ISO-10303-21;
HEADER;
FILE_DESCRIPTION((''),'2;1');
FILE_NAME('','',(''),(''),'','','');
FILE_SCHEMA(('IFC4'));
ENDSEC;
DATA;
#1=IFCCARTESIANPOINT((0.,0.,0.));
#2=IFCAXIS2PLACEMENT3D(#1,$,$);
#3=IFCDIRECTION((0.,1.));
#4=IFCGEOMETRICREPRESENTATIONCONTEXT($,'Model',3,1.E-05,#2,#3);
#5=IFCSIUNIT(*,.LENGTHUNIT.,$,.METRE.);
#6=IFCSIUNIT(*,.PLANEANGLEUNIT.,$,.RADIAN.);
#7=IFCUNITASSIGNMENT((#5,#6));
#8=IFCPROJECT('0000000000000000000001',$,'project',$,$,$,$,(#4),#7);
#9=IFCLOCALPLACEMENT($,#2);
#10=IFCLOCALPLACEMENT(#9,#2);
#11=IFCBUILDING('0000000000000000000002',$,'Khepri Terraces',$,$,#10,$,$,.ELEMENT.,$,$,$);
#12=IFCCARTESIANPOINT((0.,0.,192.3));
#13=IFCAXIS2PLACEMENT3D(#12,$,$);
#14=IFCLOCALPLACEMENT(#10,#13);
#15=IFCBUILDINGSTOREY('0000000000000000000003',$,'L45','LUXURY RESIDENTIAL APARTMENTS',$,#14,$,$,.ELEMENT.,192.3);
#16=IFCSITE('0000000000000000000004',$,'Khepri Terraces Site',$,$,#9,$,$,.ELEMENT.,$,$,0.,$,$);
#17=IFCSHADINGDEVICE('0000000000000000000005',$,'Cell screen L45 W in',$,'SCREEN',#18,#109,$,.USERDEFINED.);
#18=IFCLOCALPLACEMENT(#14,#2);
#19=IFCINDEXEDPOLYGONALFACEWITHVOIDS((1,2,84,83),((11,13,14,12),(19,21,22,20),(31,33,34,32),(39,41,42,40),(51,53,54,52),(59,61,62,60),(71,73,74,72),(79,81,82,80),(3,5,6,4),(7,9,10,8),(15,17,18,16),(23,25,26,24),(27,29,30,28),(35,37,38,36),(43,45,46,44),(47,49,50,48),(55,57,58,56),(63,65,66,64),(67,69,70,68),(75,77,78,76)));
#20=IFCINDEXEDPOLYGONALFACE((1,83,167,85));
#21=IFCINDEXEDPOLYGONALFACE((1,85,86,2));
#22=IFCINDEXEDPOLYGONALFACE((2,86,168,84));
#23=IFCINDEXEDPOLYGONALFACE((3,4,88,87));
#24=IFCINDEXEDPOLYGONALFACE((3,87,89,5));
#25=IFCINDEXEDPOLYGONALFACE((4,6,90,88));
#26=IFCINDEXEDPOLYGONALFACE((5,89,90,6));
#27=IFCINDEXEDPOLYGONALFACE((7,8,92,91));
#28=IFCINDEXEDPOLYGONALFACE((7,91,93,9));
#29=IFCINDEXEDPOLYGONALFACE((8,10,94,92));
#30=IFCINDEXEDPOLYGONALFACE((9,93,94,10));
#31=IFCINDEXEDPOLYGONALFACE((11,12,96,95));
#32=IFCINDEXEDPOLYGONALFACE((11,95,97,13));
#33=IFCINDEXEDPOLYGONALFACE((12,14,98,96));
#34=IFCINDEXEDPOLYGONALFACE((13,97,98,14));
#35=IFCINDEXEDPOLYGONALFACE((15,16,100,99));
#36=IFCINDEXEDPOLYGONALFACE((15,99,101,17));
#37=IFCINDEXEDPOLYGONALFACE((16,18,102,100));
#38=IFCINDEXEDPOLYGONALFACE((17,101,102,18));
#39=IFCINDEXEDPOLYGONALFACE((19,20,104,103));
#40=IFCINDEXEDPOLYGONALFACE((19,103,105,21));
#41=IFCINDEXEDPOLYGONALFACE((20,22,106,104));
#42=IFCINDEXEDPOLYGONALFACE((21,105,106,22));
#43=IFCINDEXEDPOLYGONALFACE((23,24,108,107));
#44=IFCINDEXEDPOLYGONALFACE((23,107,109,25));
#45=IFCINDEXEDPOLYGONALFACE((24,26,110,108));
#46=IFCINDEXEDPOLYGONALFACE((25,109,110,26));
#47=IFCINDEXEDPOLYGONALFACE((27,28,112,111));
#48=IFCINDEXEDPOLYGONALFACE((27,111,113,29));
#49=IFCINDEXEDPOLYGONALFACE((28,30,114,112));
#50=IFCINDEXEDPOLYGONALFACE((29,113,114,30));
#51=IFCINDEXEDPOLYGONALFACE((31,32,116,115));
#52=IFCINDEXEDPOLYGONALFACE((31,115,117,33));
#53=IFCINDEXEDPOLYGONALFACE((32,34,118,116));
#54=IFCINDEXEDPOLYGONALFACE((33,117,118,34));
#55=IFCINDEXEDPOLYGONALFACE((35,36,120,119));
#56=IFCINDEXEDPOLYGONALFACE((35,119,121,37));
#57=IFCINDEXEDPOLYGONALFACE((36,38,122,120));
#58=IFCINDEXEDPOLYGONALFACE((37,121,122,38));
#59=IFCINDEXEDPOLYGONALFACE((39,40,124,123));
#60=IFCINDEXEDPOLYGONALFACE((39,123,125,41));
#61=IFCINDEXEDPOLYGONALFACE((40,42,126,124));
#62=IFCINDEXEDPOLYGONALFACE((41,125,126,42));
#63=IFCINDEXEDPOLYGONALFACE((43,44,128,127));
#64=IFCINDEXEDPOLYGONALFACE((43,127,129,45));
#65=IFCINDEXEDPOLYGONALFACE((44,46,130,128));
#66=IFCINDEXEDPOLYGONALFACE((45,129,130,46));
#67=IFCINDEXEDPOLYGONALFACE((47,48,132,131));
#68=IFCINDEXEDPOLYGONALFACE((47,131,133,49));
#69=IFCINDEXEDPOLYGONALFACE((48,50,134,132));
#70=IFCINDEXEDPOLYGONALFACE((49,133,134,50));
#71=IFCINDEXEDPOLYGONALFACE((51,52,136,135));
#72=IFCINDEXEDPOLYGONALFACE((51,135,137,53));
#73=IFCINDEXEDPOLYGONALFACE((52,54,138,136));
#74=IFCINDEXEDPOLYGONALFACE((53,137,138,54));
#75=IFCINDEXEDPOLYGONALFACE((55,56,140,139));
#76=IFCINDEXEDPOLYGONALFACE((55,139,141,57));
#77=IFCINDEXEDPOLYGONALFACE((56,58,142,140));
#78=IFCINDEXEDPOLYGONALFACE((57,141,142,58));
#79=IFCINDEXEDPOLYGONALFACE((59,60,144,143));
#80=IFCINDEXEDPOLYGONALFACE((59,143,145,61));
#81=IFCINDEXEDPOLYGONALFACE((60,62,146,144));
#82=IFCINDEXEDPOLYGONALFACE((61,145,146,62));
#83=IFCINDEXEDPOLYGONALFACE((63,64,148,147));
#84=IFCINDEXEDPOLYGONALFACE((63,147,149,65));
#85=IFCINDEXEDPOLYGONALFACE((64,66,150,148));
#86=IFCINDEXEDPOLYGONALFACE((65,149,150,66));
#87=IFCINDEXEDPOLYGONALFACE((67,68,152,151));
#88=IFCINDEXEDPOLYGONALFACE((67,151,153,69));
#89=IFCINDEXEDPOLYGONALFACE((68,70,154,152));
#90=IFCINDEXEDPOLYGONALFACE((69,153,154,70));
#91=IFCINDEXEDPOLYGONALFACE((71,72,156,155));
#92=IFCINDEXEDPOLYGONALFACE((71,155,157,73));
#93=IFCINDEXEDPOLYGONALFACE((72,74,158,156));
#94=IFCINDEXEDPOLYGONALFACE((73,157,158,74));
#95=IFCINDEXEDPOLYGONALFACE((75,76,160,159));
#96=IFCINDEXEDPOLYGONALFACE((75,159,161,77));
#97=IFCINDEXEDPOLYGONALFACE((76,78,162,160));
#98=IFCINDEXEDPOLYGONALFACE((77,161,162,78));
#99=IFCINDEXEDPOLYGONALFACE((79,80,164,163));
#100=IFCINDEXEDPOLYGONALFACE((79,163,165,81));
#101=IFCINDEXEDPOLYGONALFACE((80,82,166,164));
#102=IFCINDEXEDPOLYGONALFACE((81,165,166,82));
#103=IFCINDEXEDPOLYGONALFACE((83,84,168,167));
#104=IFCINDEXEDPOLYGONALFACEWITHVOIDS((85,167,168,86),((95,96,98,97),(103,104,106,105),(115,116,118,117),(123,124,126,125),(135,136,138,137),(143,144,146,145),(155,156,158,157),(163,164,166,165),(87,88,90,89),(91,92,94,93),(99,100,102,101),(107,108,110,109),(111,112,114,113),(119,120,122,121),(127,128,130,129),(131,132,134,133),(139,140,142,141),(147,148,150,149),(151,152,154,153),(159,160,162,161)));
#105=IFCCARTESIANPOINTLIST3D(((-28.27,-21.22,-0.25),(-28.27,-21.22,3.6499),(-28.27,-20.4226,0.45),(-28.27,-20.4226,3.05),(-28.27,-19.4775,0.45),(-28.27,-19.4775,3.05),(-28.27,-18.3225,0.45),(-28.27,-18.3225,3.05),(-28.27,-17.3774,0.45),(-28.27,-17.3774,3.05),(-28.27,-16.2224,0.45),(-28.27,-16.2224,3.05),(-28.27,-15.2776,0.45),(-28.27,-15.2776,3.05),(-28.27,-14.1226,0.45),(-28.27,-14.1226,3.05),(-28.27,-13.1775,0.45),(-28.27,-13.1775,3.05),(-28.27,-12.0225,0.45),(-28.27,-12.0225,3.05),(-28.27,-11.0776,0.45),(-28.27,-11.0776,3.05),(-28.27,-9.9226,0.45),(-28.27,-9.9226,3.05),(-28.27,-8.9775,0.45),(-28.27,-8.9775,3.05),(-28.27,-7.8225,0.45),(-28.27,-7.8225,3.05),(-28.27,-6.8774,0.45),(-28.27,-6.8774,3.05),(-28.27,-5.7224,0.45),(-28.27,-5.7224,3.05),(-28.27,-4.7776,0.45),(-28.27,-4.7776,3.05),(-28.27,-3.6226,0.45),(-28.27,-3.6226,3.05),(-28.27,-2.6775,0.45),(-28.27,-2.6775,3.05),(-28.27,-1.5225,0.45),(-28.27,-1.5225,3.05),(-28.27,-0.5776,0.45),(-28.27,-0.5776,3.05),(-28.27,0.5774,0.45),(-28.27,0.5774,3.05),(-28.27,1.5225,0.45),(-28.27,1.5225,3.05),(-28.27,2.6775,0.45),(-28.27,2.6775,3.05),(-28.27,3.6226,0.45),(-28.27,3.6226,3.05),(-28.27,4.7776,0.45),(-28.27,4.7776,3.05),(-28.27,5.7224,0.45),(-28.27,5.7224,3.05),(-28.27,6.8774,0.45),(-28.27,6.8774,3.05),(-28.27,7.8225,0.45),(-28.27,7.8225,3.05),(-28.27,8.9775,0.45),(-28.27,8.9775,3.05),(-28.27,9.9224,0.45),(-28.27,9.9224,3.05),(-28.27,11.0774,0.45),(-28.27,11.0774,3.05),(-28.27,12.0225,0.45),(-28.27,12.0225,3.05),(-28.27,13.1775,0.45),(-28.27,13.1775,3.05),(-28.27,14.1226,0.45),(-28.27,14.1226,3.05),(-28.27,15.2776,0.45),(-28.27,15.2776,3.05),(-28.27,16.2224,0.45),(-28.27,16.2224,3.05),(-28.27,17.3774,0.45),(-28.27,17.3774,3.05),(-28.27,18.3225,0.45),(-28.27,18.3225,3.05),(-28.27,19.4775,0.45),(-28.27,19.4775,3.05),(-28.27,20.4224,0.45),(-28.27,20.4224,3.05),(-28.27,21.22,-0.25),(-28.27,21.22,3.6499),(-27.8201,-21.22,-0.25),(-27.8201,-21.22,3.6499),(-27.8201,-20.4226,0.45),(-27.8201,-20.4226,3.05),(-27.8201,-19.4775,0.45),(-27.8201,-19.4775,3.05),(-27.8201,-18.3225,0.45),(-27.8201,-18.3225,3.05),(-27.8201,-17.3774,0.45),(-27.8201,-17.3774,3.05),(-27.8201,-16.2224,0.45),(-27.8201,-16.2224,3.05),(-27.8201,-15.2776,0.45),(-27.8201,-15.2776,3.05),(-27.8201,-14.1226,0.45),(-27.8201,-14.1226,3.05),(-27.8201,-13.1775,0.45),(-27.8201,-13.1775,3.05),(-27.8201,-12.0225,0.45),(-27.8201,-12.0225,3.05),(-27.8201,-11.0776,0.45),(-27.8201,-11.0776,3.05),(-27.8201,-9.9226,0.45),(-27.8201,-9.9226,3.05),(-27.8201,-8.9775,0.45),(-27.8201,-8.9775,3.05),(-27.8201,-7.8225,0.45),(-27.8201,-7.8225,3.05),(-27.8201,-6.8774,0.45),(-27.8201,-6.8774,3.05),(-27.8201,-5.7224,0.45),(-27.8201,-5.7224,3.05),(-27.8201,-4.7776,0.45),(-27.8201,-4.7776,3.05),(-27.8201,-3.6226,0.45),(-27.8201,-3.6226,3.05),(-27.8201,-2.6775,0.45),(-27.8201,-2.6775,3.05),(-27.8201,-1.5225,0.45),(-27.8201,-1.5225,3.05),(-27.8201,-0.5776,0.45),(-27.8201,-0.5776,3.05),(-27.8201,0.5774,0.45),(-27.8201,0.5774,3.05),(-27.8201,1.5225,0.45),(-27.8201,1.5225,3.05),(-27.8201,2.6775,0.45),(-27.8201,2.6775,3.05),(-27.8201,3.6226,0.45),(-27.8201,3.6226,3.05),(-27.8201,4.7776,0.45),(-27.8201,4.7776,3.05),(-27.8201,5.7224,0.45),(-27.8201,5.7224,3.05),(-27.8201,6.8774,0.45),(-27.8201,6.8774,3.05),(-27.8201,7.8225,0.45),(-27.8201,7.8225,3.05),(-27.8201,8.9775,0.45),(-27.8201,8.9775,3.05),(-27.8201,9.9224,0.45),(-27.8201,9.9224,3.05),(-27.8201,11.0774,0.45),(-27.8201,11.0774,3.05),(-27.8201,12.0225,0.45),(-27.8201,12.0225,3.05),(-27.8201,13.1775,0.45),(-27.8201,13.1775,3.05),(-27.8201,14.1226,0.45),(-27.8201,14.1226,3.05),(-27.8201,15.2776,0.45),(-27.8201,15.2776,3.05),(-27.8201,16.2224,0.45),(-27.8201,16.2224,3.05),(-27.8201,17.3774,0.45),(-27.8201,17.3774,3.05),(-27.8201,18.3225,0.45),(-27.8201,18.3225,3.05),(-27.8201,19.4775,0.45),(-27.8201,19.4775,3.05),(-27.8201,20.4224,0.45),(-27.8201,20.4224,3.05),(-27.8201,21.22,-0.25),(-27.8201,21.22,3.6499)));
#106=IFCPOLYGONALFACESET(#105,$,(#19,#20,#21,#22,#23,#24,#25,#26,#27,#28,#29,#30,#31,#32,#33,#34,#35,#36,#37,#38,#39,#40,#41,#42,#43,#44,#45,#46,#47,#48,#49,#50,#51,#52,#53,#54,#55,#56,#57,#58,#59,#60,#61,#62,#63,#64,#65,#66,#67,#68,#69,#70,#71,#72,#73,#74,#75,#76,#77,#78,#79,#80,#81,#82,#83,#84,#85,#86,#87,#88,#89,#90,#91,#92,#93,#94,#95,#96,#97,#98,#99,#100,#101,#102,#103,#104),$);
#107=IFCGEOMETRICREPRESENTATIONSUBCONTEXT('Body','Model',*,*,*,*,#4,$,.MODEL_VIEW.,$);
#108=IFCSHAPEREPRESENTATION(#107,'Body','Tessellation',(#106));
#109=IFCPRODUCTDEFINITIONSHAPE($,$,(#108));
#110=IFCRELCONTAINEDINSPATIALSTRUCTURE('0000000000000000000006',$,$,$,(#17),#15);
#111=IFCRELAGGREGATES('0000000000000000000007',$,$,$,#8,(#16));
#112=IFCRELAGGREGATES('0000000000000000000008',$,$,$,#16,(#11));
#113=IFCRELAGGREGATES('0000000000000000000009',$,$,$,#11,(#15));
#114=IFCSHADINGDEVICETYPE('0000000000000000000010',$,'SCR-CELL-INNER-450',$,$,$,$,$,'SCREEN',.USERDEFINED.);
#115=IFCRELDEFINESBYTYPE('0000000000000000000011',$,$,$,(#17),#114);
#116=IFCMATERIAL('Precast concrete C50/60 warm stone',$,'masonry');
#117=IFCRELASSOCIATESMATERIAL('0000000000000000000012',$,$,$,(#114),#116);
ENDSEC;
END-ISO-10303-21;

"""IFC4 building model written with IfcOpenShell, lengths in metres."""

from ifc_helpers import new_model, si_unit, direction, frame, origin, place, context, subcontext, project, spatial, polyline, outline, extrude, material, type_object, element, save


model = new_model("IFC4")

# Units and contexts
model_context = context("Model", 3, precision=1e-05, world=origin(), true_north=direction((0.0, 1.0)))
body_context = subcontext(model_context, "Body", "Model", "MODEL_VIEW")
ifc_project = project(units=[si_unit("LENGTHUNIT", "METRE"), si_unit("PLANEANGLEUNIT", "RADIAN")], contexts=[model_context])

# Site, building, storey
site_placement = place(None, origin())
site = spatial("IfcSite", under=ifc_project, at=site_placement, Name="Khepri Terraces Site", CompositionType="ELEMENT", RefElevation=0.0)
building_placement = place(site_placement, origin())
building = spatial("IfcBuilding", under=site, at=building_placement, Name="Khepri Terraces", CompositionType="ELEMENT")
storey_placement = place(building_placement, frame((0.0, 0.0, 192.3)))
storey = spatial("IfcBuildingStorey", under=building, at=storey_placement, Name="L45", Description="LUXURY RESIDENTIAL APARTMENTS", CompositionType="ELEMENT", Elevation=192.3)

# Shared definitions
ifc_material_1 = material(Name="Precast concrete C50/60 warm stone", Category="masonry")

# Shading device
shading_device_type_1 = type_object("IfcShadingDeviceType", Name="SCR-CELL-INNER-450", ElementType="SCREEN", PredefinedType="USERDEFINED", material=ifc_material_1)
shading_device_1_placement = place(storey_placement, frame((-27.8201, 21.22, -0.25), z_axis=(-1.0, 0.0, 0.0), x_axis=(0.0, -1.0, 0.0)))
element("IfcShadingDevice", 1, at=shading_device_1_placement, inside=storey, type_object=shading_device_type_1, Name="Cell screen L45 W in", ObjectType="SCREEN", PredefinedType="USERDEFINED", context=body_context, shape_type="SweptSolid", body=[
    extrude(outline(polyline([(0.0, 0.0), (42.4399, 0.0), (42.4399, 3.8999), (0.0, 3.8999), (0.0, 0.0)]), holes=[polyline([(0.7976, 0.7), (1.7424, 0.7), (1.7424, 3.3), (0.7976, 3.3), (0.7976, 0.7)]), polyline([(2.8975, 0.7), (3.8425, 0.7), (3.8425, 3.3), (2.8975, 3.3), (2.8975, 0.7)]), polyline([(4.9976, 0.7), (5.9424, 0.7), (5.9424, 3.3), (4.9976, 3.3), (4.9976, 0.7)]), polyline([(7.0974, 0.7), (8.0425, 0.7), (8.0425, 3.3), (7.0974, 3.3), (7.0974, 0.7)]), polyline([(9.1975, 0.7), (10.1426, 0.7), (10.1426, 3.3), (9.1975, 3.3), (9.1975, 0.7)]), polyline([(11.2976, 0.7), (12.2424, 0.7), (12.2424, 3.3), (11.2976, 3.3), (11.2976, 0.7)]), polyline([(13.3975, 0.7), (14.3425, 0.7), (14.3425, 3.3), (13.3975, 3.3), (13.3975, 0.7)]), polyline([(15.4976, 0.7), (16.4424, 0.7), (16.4424, 3.3), (15.4976, 3.3), (15.4976, 0.7)]), polyline([(17.5974, 0.7), (18.5425, 0.7), (18.5425, 3.3), (17.5974, 3.3), (17.5974, 0.7)]), polyline([(19.6975, 0.7), (20.6426, 0.7), (20.6426, 3.3), (19.6975, 3.3), (19.6975, 0.7)]), polyline([(21.7976, 0.7), (22.7424, 0.7), (22.7424, 3.3), (21.7976, 3.3), (21.7976, 0.7)]), polyline([(23.8975, 0.7), (24.8425, 0.7), (24.8425, 3.3), (23.8975, 3.3), (23.8975, 0.7)]), polyline([(25.9976, 0.7), (26.9424, 0.7), (26.9424, 3.3), (25.9976, 3.3), (25.9976, 0.7)]), polyline([(28.0974, 0.7), (29.0425, 0.7), (29.0425, 3.3), (28.0974, 3.3), (28.0974, 0.7)]), polyline([(30.1975, 0.7), (31.1426, 0.7), (31.1426, 3.3), (30.1975, 3.3), (30.1975, 0.7)]), polyline([(32.2976, 0.7), (33.2424, 0.7), (33.2424, 3.3), (32.2976, 3.3), (32.2976, 0.7)]), polyline([(34.3975, 0.7), (35.3425, 0.7), (35.3425, 3.3), (34.3975, 3.3), (34.3975, 0.7)]), polyline([(36.4976, 0.7), (37.4424, 0.7), (37.4424, 3.3), (36.4976, 3.3), (36.4976, 0.7)]), polyline([(38.5974, 0.7), (39.5425, 0.7), (39.5425, 3.3), (38.5974, 3.3), (38.5974, 0.7)]), polyline([(40.6975, 0.7), (41.6426, 0.7), (41.6426, 3.3), (40.6975, 3.3), (40.6975, 0.7)])]), origin(), (0.0, 0.0, 1.0), 0.45),
])

save(model, "model.ifc")
